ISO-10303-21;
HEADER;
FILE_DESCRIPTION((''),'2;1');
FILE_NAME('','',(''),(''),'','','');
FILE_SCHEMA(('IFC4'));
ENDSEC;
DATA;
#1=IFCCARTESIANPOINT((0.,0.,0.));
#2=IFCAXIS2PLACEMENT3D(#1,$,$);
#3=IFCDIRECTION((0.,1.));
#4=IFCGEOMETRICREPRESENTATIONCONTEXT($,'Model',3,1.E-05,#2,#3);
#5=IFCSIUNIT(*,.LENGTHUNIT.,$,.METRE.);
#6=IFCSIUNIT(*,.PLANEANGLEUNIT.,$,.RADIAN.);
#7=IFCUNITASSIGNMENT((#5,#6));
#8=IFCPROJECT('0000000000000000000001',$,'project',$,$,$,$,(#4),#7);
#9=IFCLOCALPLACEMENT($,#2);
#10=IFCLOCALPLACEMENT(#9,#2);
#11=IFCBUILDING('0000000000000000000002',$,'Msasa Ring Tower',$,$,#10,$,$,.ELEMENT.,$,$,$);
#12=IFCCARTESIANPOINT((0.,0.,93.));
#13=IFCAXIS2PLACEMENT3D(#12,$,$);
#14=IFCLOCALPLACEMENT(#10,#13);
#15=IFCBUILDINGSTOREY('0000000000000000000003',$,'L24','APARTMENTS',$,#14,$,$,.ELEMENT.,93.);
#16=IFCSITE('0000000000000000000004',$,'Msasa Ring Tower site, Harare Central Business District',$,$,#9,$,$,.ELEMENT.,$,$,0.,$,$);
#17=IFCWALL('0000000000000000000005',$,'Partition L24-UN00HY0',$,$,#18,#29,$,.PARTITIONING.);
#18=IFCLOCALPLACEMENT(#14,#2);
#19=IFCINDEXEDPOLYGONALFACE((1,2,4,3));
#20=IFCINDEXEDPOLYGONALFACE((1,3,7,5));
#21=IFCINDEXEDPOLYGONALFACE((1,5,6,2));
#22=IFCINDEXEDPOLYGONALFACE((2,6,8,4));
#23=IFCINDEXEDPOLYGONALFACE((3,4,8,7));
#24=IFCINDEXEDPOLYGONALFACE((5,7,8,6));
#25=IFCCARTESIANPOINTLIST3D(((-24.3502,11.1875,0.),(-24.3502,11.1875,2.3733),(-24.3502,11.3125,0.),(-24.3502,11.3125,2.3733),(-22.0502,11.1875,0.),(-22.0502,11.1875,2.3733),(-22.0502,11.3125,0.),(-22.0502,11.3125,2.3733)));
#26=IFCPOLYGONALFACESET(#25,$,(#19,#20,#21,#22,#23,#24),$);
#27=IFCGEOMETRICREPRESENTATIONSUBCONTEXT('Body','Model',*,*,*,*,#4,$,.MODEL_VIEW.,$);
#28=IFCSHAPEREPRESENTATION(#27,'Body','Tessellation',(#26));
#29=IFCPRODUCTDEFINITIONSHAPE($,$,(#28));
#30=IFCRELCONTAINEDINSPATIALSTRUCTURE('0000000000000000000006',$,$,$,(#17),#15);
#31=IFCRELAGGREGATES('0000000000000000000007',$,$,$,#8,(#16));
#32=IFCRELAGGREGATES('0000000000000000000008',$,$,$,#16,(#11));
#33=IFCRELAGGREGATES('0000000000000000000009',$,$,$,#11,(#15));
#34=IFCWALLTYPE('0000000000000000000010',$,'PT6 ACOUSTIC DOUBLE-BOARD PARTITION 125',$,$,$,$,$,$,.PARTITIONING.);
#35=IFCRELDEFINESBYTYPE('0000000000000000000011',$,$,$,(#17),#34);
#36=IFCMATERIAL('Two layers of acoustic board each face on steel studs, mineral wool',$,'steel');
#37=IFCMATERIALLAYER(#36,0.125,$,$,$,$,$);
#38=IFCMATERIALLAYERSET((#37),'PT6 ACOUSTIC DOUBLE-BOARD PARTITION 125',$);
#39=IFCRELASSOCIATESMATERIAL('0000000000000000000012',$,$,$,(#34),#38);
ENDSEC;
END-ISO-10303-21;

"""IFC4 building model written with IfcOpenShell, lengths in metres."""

from ifc_helpers import new_model, si_unit, direction, frame, frame_2d, origin, place, context, subcontext, project, spatial, rectangle, extrude, material, layer, layer_set, type_object, element, save


model = new_model("IFC4")

# Units and contexts
model_context = context("Model", 3, precision=1e-05, world=origin(), true_north=direction((0.0, 1.0)))
body_context = subcontext(model_context, "Body", "Model", "MODEL_VIEW")
ifc_project = project(units=[si_unit("LENGTHUNIT", "METRE"), si_unit("PLANEANGLEUNIT", "RADIAN")], contexts=[model_context])

# Site, building, storey
site_placement = place(None, origin())
site = spatial("IfcSite", under=ifc_project, at=site_placement, Name="Msasa Ring Tower site, Harare Central Business District", CompositionType="ELEMENT", RefElevation=0.0)
building_placement = place(site_placement, origin())
building = spatial("IfcBuilding", under=site, at=building_placement, Name="Msasa Ring Tower", CompositionType="ELEMENT")
storey_placement = place(building_placement, frame((0.0, 0.0, 93.0)))
storey = spatial("IfcBuildingStorey", under=building, at=storey_placement, Name="L24", Description="APARTMENTS", CompositionType="ELEMENT", Elevation=93.0)

# Wall
ifc_material_1 = material(Name="Two layers of acoustic board each face on steel studs, mineral wool", Category="steel")
ifc_layer_1 = layer(ifc_material_1, 0.125)
ifc_layer_set_1 = layer_set([ifc_layer_1], Name="PT6 ACOUSTIC DOUBLE-BOARD PARTITION 125")
wall_type_1 = type_object("IfcWallType", Name="PT6 ACOUSTIC DOUBLE-BOARD PARTITION 125", PredefinedType="PARTITIONING", material=ifc_layer_set_1)
wall_1_placement = place(storey_placement, frame((-24.3501, 11.25, 0.0), z_axis=(0.0, 0.0, 1.0), x_axis=(1.0, 0.0, 0.0)))
element("IfcWall", 1, at=wall_1_placement, inside=storey, type_object=wall_type_1, Name="Partition L24-UN00HY0", PredefinedType="PARTITIONING", context=body_context, shape_type="SweptSolid", body=[
    extrude(rectangle(XDim=2.3, YDim=0.125, at=frame_2d((1.1499, 0.0))), origin(), (0.0, 0.0, 1.0), 2.3733),
])

save(model, "model.ifc")
